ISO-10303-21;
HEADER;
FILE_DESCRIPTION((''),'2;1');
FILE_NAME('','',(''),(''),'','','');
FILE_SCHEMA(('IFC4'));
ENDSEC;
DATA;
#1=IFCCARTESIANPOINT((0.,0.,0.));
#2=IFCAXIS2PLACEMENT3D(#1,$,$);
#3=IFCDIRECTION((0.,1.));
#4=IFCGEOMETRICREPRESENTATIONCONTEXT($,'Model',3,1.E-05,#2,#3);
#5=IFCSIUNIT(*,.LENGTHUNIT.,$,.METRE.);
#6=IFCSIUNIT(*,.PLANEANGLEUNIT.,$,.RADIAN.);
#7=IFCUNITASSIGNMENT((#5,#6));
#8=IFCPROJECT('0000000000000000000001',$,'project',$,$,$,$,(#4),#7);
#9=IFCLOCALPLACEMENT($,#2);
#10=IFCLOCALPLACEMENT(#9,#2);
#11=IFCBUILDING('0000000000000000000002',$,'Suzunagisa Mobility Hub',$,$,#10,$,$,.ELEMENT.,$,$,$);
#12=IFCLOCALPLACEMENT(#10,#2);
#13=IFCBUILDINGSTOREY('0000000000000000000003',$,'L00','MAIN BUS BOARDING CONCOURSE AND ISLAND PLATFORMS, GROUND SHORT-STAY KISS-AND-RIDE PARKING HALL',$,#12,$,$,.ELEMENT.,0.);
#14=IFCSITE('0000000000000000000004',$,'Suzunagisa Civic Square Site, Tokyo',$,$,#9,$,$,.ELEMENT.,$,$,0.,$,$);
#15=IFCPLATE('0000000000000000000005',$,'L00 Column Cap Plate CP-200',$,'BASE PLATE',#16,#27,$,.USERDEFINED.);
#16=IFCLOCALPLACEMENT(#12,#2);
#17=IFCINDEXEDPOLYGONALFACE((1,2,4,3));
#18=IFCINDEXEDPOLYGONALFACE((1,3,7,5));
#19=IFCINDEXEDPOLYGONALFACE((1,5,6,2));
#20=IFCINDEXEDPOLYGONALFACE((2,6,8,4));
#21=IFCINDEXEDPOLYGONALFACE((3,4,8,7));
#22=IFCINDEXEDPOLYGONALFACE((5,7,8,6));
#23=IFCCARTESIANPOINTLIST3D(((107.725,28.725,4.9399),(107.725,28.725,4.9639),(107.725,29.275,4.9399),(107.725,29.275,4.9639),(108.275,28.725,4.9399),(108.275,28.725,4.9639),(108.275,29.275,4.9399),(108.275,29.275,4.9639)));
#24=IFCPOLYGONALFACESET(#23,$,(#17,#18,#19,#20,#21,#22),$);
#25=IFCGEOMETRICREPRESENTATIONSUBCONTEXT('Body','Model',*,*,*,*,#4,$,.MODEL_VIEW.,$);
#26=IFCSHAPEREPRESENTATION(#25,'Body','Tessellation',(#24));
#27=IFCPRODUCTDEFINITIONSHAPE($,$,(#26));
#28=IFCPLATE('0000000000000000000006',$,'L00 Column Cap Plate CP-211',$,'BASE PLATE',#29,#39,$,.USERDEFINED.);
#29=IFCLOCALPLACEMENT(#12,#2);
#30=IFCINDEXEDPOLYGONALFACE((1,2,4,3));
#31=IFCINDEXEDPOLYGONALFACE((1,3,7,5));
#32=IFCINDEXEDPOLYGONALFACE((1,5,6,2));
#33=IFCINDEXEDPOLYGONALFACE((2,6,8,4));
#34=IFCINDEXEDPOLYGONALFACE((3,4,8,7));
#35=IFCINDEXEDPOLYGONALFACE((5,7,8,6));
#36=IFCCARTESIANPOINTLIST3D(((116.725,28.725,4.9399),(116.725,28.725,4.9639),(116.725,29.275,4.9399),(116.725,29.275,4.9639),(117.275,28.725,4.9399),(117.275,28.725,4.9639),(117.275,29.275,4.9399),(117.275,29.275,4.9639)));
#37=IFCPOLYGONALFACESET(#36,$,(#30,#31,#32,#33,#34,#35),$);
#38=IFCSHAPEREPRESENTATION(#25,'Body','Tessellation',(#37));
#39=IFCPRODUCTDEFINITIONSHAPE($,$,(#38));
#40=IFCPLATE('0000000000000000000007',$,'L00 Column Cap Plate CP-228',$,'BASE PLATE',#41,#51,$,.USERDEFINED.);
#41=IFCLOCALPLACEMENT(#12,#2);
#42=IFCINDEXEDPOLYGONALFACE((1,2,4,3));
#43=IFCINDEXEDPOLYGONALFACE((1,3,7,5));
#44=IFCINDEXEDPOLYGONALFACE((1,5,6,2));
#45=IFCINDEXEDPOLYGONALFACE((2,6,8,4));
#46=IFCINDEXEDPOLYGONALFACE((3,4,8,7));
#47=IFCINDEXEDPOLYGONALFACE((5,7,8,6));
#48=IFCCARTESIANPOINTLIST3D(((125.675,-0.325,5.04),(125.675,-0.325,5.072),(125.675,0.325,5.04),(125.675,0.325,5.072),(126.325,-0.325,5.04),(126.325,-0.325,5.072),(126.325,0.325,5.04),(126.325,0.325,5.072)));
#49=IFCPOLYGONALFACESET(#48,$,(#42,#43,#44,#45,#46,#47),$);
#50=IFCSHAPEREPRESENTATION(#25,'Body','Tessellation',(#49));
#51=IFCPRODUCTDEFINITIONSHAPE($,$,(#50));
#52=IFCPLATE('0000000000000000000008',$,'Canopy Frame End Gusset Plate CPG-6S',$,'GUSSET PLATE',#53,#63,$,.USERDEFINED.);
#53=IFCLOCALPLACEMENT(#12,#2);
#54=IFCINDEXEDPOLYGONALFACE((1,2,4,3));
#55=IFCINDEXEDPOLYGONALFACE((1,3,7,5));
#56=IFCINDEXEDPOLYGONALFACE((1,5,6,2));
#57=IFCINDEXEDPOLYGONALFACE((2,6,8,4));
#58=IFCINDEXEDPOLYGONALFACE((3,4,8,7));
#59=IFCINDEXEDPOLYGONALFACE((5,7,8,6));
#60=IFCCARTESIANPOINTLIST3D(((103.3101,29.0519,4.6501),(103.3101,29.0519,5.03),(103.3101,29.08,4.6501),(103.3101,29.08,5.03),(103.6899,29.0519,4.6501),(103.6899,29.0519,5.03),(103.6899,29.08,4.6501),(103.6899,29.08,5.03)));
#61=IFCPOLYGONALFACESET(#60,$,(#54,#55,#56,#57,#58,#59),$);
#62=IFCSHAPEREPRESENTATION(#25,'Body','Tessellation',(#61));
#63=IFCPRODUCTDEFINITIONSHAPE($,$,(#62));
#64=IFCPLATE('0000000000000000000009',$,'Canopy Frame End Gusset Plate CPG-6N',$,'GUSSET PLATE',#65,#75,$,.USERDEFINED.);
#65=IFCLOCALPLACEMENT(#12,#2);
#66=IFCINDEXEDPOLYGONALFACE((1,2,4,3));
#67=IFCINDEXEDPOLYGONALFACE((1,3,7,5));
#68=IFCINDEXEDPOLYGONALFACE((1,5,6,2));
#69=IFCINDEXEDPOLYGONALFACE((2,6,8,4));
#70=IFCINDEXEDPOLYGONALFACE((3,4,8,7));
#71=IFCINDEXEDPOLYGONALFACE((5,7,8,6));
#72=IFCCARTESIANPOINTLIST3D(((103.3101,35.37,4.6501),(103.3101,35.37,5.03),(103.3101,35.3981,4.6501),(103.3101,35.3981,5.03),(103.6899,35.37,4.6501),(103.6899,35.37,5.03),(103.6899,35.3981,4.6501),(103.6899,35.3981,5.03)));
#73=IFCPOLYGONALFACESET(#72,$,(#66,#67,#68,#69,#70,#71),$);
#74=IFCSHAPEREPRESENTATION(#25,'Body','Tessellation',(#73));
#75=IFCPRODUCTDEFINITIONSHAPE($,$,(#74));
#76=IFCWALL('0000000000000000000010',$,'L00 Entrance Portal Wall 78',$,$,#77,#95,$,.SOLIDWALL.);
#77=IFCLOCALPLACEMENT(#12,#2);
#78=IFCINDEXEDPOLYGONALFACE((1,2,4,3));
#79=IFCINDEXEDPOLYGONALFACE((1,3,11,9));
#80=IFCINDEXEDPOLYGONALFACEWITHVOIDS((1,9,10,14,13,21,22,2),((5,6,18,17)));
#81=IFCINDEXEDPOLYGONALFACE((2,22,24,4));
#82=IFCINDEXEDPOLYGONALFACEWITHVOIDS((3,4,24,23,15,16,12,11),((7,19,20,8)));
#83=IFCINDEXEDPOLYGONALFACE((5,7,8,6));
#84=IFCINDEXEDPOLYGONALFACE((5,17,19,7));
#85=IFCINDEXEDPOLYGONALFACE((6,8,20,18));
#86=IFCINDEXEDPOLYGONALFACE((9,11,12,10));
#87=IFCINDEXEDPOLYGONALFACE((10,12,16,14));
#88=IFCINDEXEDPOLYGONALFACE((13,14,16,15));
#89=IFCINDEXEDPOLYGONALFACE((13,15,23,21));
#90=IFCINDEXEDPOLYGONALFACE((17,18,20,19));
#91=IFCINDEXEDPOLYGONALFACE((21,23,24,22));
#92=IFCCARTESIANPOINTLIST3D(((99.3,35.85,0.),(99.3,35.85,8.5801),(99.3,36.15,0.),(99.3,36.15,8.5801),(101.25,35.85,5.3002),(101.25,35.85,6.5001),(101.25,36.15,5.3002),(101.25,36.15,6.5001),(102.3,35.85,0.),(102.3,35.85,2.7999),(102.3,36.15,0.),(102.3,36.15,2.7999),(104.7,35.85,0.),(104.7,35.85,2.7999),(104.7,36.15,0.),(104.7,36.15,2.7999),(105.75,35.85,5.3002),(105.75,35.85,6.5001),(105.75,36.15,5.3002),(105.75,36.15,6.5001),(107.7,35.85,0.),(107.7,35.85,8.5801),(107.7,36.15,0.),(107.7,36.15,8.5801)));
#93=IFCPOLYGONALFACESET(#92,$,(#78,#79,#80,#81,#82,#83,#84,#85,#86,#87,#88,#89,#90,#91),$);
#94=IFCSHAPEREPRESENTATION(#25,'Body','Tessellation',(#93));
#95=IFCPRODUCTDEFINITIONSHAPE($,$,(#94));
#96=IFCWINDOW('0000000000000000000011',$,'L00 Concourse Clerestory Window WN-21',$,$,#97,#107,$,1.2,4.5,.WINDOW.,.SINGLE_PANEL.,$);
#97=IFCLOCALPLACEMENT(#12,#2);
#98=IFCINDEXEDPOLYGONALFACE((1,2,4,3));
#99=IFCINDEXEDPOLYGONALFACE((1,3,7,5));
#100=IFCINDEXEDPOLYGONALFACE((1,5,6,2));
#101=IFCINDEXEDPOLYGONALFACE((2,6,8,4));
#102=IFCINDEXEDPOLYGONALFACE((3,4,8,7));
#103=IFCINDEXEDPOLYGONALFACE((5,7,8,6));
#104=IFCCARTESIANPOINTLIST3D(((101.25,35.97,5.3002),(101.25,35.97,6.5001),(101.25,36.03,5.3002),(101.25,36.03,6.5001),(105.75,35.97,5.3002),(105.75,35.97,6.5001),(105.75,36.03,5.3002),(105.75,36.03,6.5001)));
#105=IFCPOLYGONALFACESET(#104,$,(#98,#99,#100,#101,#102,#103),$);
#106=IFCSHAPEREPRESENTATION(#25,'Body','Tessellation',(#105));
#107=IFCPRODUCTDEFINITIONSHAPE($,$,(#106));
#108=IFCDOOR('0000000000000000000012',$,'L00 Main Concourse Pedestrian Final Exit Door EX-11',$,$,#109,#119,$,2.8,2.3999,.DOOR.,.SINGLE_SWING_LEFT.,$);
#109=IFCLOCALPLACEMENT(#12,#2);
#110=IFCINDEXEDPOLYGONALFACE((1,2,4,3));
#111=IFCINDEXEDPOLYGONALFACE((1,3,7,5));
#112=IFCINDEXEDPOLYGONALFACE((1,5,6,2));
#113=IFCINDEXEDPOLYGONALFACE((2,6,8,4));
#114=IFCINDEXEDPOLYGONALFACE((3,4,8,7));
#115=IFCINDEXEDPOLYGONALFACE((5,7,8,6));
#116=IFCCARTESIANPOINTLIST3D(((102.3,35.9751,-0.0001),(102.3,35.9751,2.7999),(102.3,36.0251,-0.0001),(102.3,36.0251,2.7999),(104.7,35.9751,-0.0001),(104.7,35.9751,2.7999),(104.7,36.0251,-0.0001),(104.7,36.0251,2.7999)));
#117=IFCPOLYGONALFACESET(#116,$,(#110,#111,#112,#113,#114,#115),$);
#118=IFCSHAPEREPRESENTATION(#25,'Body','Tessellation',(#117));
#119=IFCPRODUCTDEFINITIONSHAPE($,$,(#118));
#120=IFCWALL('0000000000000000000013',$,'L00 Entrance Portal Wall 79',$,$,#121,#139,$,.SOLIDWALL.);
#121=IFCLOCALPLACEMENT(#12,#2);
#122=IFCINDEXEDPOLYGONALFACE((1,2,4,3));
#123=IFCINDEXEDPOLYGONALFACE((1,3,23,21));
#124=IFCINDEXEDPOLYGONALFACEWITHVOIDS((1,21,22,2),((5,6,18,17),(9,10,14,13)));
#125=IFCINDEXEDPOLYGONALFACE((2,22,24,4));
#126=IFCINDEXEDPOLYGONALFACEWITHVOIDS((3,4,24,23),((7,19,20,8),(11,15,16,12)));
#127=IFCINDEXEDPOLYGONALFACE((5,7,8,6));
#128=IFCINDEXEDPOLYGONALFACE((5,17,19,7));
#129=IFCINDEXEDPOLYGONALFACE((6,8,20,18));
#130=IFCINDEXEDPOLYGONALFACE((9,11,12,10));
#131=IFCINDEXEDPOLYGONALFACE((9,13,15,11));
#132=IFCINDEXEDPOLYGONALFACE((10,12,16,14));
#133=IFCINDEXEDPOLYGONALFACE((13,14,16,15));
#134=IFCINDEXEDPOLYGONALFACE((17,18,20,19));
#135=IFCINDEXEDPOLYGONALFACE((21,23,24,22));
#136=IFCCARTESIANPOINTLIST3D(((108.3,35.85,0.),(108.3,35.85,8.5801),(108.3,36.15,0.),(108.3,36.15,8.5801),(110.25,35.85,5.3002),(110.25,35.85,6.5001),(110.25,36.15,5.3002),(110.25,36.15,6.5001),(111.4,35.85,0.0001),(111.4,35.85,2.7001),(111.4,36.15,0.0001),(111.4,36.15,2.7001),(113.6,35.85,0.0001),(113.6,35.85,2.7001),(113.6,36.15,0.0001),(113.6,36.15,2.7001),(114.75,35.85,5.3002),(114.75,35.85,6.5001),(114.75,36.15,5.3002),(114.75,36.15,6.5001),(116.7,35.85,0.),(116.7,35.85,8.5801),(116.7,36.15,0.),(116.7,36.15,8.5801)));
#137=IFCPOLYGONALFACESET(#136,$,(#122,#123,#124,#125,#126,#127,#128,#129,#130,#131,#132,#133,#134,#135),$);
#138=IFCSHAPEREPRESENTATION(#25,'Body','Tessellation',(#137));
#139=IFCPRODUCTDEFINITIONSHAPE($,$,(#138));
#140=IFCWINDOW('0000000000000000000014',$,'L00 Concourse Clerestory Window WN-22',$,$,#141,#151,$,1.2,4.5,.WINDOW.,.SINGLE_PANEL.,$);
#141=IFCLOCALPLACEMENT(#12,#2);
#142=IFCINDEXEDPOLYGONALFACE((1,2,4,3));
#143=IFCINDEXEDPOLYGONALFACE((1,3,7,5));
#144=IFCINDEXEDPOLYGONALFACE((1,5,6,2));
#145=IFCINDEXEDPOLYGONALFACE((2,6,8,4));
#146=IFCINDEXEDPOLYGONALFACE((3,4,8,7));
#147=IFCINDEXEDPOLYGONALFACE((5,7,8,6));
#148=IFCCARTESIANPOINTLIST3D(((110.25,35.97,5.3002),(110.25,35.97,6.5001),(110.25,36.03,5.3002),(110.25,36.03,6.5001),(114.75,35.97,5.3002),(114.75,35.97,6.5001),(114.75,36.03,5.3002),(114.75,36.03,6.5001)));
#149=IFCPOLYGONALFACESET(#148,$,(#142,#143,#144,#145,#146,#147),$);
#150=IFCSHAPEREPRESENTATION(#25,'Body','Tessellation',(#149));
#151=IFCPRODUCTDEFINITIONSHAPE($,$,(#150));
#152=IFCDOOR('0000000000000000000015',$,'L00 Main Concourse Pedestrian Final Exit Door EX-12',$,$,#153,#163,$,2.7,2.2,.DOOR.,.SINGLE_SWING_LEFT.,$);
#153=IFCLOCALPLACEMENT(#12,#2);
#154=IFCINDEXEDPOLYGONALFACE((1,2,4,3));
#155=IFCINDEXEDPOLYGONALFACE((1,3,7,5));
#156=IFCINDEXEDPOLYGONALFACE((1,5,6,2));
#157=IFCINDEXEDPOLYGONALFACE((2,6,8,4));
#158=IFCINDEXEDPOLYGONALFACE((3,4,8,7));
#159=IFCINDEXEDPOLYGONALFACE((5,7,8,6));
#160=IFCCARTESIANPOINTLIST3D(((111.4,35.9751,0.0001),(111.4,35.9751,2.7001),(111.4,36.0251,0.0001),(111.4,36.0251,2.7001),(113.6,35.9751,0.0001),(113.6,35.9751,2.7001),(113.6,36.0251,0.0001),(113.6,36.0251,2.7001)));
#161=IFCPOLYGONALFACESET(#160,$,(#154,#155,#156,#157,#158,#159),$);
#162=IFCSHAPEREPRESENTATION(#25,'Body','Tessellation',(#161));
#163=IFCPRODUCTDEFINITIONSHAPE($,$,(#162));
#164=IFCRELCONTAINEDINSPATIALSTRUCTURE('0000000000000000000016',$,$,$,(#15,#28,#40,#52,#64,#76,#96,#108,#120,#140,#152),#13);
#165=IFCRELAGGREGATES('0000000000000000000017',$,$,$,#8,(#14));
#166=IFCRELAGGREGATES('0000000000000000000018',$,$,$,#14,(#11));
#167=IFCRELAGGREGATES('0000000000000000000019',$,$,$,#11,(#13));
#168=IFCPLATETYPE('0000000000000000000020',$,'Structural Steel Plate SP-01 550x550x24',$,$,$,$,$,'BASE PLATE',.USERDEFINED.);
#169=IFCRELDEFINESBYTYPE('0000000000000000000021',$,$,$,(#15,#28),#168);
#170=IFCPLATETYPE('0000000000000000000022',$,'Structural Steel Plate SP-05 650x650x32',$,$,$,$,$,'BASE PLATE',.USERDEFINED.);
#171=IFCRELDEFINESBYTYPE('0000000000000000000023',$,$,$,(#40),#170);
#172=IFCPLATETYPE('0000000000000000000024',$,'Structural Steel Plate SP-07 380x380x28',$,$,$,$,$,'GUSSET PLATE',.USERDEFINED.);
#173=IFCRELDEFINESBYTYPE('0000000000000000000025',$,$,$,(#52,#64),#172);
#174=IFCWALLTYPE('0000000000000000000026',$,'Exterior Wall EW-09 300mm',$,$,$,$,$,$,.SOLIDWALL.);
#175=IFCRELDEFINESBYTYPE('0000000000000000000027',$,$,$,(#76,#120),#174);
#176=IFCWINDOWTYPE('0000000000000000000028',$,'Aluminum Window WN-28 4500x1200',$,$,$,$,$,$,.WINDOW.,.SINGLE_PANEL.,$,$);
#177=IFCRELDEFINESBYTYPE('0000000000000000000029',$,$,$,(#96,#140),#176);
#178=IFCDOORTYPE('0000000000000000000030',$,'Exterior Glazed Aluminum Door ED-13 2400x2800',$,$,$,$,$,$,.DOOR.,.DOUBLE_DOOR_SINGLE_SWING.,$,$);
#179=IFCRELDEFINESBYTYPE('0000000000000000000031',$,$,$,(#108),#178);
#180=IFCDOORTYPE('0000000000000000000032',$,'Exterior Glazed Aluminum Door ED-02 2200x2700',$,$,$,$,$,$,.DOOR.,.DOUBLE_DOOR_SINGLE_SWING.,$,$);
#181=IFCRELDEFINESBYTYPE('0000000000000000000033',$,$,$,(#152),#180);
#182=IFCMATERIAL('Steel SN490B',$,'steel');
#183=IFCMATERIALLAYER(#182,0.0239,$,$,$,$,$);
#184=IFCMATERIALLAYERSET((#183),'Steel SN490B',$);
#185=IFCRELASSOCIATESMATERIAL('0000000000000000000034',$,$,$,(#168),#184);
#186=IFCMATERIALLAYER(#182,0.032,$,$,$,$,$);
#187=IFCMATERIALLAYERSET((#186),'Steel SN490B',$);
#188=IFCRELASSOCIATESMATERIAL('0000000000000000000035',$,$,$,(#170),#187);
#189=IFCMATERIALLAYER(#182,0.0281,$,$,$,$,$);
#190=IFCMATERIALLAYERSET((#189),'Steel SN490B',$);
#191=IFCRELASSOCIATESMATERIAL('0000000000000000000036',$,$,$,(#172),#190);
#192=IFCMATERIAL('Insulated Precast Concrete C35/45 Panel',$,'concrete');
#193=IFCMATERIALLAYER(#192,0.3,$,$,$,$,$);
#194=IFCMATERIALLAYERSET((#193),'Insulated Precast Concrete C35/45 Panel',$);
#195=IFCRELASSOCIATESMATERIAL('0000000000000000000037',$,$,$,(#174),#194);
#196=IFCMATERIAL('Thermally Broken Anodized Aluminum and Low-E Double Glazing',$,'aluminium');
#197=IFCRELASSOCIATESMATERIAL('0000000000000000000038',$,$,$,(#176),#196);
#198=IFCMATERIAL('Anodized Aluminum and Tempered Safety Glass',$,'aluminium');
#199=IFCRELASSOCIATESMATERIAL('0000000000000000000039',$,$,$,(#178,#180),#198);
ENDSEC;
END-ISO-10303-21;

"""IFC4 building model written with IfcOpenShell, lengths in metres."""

from ifc_helpers import new_model, si_unit, direction, frame, frame_2d, origin, origin_2d, place, context, subcontext, project, spatial, rectangle, extrude, material, layer, layer_set, type_object, element, fill, save


model = new_model("IFC4")

# Units and contexts
model_context = context("Model", 3, precision=1e-05, world=origin(), true_north=direction((0.0, 1.0)))
body_context = subcontext(model_context, "Body", "Model", "MODEL_VIEW")
ifc_project = project(units=[si_unit("LENGTHUNIT", "METRE"), si_unit("PLANEANGLEUNIT", "RADIAN")], contexts=[model_context])

# Site, building, storey
site_placement = place(None, origin())
site = spatial("IfcSite", under=ifc_project, at=site_placement, Name="Suzunagisa Civic Square Site, Tokyo", CompositionType="ELEMENT", RefElevation=0.0)
building_placement = place(site_placement, origin())
building = spatial("IfcBuilding", under=site, at=building_placement, Name="Suzunagisa Mobility Hub", CompositionType="ELEMENT")
storey_placement = place(building_placement, origin())
storey = spatial("IfcBuildingStorey", under=building, at=storey_placement, Name="L00", Description="MAIN BUS BOARDING CONCOURSE AND ISLAND PLATFORMS, GROUND SHORT-STAY KISS-AND-RIDE PARKING HALL", CompositionType="ELEMENT", Elevation=0.0)

# Shared definitions
ifc_material_1 = material(Name="Steel SN490B", Category="steel")

# Plates
ifc_layer_1 = layer(ifc_material_1, 0.0239)
ifc_layer_set_1 = layer_set([ifc_layer_1], Name="Steel SN490B")
plate_type_1 = type_object("IfcPlateType", Name="Structural Steel Plate SP-01 550x550x24", ElementType="BASE PLATE", PredefinedType="USERDEFINED", material=ifc_layer_set_1)
for number, where, z_axis, x_axis, name in (
    (1, (108.0, 29.0, 4.9399), (0.0, 0.0, 1.0), (1.0, 0.0, 0.0), "L00 Column Cap Plate CP-200"),
    (2, (117.0, 29.0, 4.9399), (0.0, 0.0, 1.0), (1.0, 0.0, 0.0), "L00 Column Cap Plate CP-211"),
):
    element("IfcPlate", number, at=place(storey_placement, frame(where, z_axis=z_axis, x_axis=x_axis)), inside=storey, type_object=plate_type_1, Name=name, ObjectType="BASE PLATE", PredefinedType="USERDEFINED", context=body_context, shape_type="SweptSolid", body=[
        extrude(rectangle(XDim=0.55, YDim=0.55, at=origin_2d()), origin(), (0.0, 0.0, 1.0), 0.0239),
    ])
ifc_layer_2 = layer(ifc_material_1, 0.032)
ifc_layer_set_2 = layer_set([ifc_layer_2], Name="Steel SN490B")
plate_type_2 = type_object("IfcPlateType", Name="Structural Steel Plate SP-05 650x650x32", ElementType="BASE PLATE", PredefinedType="USERDEFINED", material=ifc_layer_set_2)
plate_placement = place(storey_placement, frame((126.0, 0.0, 5.04), z_axis=(0.0, 0.0, 1.0), x_axis=(1.0, 0.0, 0.0)))
element("IfcPlate", 3, at=plate_placement, inside=storey, type_object=plate_type_2, Name="L00 Column Cap Plate CP-228", ObjectType="BASE PLATE", PredefinedType="USERDEFINED", context=body_context, shape_type="SweptSolid", body=[
    extrude(rectangle(XDim=0.6499, YDim=0.6499, at=origin_2d()), origin(), (0.0, 0.0, 1.0), 0.032),
])
ifc_layer_3 = layer(ifc_material_1, 0.0281)
ifc_layer_set_3 = layer_set([ifc_layer_3], Name="Steel SN490B")
plate_type_3 = type_object("IfcPlateType", Name="Structural Steel Plate SP-07 380x380x28", ElementType="GUSSET PLATE", PredefinedType="USERDEFINED", material=ifc_layer_set_3)
for number, where, z_axis, x_axis, name in (
    (4, (103.5, 29.0659, 4.6501), (0.0, 0.0, 1.0), (1.0, 0.0, 0.0), "Canopy Frame End Gusset Plate CPG-6S"),
    (5, (103.5, 35.384, 4.6501), (0.0, 0.0, 1.0), (1.0, 0.0, 0.0), "Canopy Frame End Gusset Plate CPG-6N"),
):
    element("IfcPlate", number, at=place(storey_placement, frame(where, z_axis=z_axis, x_axis=x_axis)), inside=storey, type_object=plate_type_3, Name=name, ObjectType="GUSSET PLATE", PredefinedType="USERDEFINED", context=body_context, shape_type="SweptSolid", body=[
        extrude(rectangle(XDim=0.3799, YDim=0.0281, at=origin_2d()), origin(), (0.0, 0.0, 1.0), 0.3799),
    ])

# Walls, openings, windows, doors
ifc_material_2 = material(Name="Insulated Precast Concrete C35/45 Panel", Category="concrete")
ifc_layer_4 = layer(ifc_material_2, 0.3)
ifc_layer_set_4 = layer_set([ifc_layer_4], Name="Insulated Precast Concrete C35/45 Panel")
wall_type = type_object("IfcWallType", Name="Exterior Wall EW-09 300mm", PredefinedType="SOLIDWALL", material=ifc_layer_set_4)
wall_1_placement = place(storey_placement, frame((99.3, 36.0, 0.0), z_axis=(0.0, 0.0, 1.0), x_axis=(1.0, 0.0, 0.0)))
wall_1 = element("IfcWall", 6, at=wall_1_placement, inside=storey, type_object=wall_type, Name="L00 Entrance Portal Wall 78", PredefinedType="SOLIDWALL", context=body_context, shape_type="SweptSolid", body=[
    extrude(rectangle(XDim=8.3999, YDim=0.3, at=frame_2d((4.2, 0.0))), origin(), (0.0, 0.0, 1.0), 8.5801),
])
opening_1_placement = place(wall_1_placement, frame((5.3999, 0.0, 0.0), z_axis=(0.0, 0.0, 1.0), x_axis=(-1.0, 0.0, 0.0)))
opening_1 = element("IfcOpeningElement", 7, at=opening_1_placement, cuts=wall_1, PredefinedType="OPENING", context=body_context, shape_type="SweptSolid", body=[
    extrude(rectangle(XDim=2.3999, YDim=2.8, at=frame_2d((1.2, 1.3999))), frame((0.0, 0.1611, 0.0), z_axis=(0.0, -1.0, 0.0), x_axis=(1.0, 0.0, 0.0)), (0.0, 0.0, 1.0), 0.322),
])
opening_2_placement = place(wall_1_placement, frame((1.95, 0.0, 5.3)))
opening_2 = element("IfcOpeningElement", 8, at=opening_2_placement, cuts=wall_1, PredefinedType="OPENING", context=body_context, shape_type="SweptSolid", body=[
    extrude(rectangle(XDim=4.5, YDim=1.2, at=frame_2d((2.25, 0.6001))), frame((0.0, 0.1611, 0.0), z_axis=(0.0, -1.0, 0.0), x_axis=(1.0, 0.0, 0.0)), (0.0, 0.0, 1.0), 0.322),
])
ifc_material_3 = material(Name="Thermally Broken Anodized Aluminum and Low-E Double Glazing", Category="aluminium")
window_type = type_object("IfcWindowType", Name="Aluminum Window WN-28 4500x1200", PartitioningType="SINGLE_PANEL", PredefinedType="WINDOW", material=ifc_material_3)
window_1_placement = place(opening_2_placement, origin())
window_1 = element("IfcWindow", 9, at=window_1_placement, inside=storey, type_object=window_type, Name="L00 Concourse Clerestory Window WN-21", OverallHeight=1.2, OverallWidth=4.5, PartitioningType="SINGLE_PANEL", PredefinedType="WINDOW", context=body_context, shape_type="SweptSolid", body=[
    extrude(rectangle(XDim=4.5, YDim=1.2, at=frame_2d((2.25, 0.6001))), frame((0.0, 0.03, 0.0), z_axis=(0.0, -1.0, 0.0), x_axis=(1.0, 0.0, 0.0)), (0.0, 0.0, 1.0), 0.0601),
])
fill(opening_2, window_1)
ifc_material_4 = material(Name="Anodized Aluminum and Tempered Safety Glass", Category="aluminium")
door_type_1 = type_object("IfcDoorType", Name="Exterior Glazed Aluminum Door ED-13 2400x2800", OperationType="DOUBLE_DOOR_SINGLE_SWING", PredefinedType="DOOR", material=ifc_material_4)
door_1_placement = place(opening_1_placement, origin())
door_1 = element("IfcDoor", 10, at=door_1_placement, inside=storey, type_object=door_type_1, Name="L00 Main Concourse Pedestrian Final Exit Door EX-11", OperationType="SINGLE_SWING_LEFT", OverallHeight=2.8, OverallWidth=2.3999, PredefinedType="DOOR", context=body_context, shape_type="SweptSolid", body=[
    extrude(rectangle(XDim=2.3999, YDim=2.8, at=frame_2d((1.2, 1.3999))), frame((0.0, 0.0249, 0.0), z_axis=(0.0, -1.0, 0.0), x_axis=(1.0, 0.0, 0.0)), (0.0, 0.0, 1.0), 0.05),
])
fill(opening_1, door_1)
wall_2_placement = place(storey_placement, frame((108.3, 36.0, 0.0), z_axis=(0.0, 0.0, 1.0), x_axis=(1.0, 0.0, 0.0)))
wall_2 = element("IfcWall", 11, at=wall_2_placement, inside=storey, type_object=wall_type, Name="L00 Entrance Portal Wall 79", PredefinedType="SOLIDWALL", context=body_context, shape_type="SweptSolid", body=[
    extrude(rectangle(XDim=8.3999, YDim=0.3, at=frame_2d((4.2, 0.0))), origin(), (0.0, 0.0, 1.0), 8.5801),
])
opening_3_placement = place(wall_2_placement, frame((5.3, 0.0, 0.0), z_axis=(0.0, 0.0, 1.0), x_axis=(-1.0, 0.0, 0.0)))
opening_3 = element("IfcOpeningElement", 12, at=opening_3_placement, cuts=wall_2, PredefinedType="OPENING", context=body_context, shape_type="SweptSolid", body=[
    extrude(rectangle(XDim=2.2, YDim=2.7, at=frame_2d((1.1001, 1.3501))), frame((0.0, 0.1611, 0.0), z_axis=(0.0, -1.0, 0.0), x_axis=(1.0, 0.0, 0.0)), (0.0, 0.0, 1.0), 0.322),
])
opening_4_placement = place(wall_2_placement, frame((1.95, 0.0, 5.3)))
opening_4 = element("IfcOpeningElement", 13, at=opening_4_placement, cuts=wall_2, PredefinedType="OPENING", context=body_context, shape_type="SweptSolid", body=[
    extrude(rectangle(XDim=4.5, YDim=1.2, at=frame_2d((2.25, 0.6001))), frame((0.0, 0.1611, 0.0), z_axis=(0.0, -1.0, 0.0), x_axis=(1.0, 0.0, 0.0)), (0.0, 0.0, 1.0), 0.322),
])
window_2_placement = place(opening_4_placement, origin())
window_2 = element("IfcWindow", 14, at=window_2_placement, inside=storey, type_object=window_type, Name="L00 Concourse Clerestory Window WN-22", OverallHeight=1.2, OverallWidth=4.5, PartitioningType="SINGLE_PANEL", PredefinedType="WINDOW", context=body_context, shape_type="SweptSolid", body=[
    extrude(rectangle(XDim=4.5, YDim=1.2, at=frame_2d((2.25, 0.6001))), frame((0.0, 0.03, 0.0), z_axis=(0.0, -1.0, 0.0), x_axis=(1.0, 0.0, 0.0)), (0.0, 0.0, 1.0), 0.0601),
])
fill(opening_4, window_2)
door_type_2 = type_object("IfcDoorType", Name="Exterior Glazed Aluminum Door ED-02 2200x2700", OperationType="DOUBLE_DOOR_SINGLE_SWING", PredefinedType="DOOR", material=ifc_material_4)
door_2_placement = place(opening_3_placement, origin())
door_2 = element("IfcDoor", 15, at=door_2_placement, inside=storey, type_object=door_type_2, Name="L00 Main Concourse Pedestrian Final Exit Door EX-12", OperationType="SINGLE_SWING_LEFT", OverallHeight=2.7, OverallWidth=2.2, PredefinedType="DOOR", context=body_context, shape_type="SweptSolid", body=[
    extrude(rectangle(XDim=2.2, YDim=2.7, at=frame_2d((1.1001, 1.3501))), frame((0.0, 0.0249, 0.0), z_axis=(0.0, -1.0, 0.0), x_axis=(1.0, 0.0, 0.0)), (0.0, 0.0, 1.0), 0.05),
])
fill(opening_3, door_2)

save(model, "model.ifc")
